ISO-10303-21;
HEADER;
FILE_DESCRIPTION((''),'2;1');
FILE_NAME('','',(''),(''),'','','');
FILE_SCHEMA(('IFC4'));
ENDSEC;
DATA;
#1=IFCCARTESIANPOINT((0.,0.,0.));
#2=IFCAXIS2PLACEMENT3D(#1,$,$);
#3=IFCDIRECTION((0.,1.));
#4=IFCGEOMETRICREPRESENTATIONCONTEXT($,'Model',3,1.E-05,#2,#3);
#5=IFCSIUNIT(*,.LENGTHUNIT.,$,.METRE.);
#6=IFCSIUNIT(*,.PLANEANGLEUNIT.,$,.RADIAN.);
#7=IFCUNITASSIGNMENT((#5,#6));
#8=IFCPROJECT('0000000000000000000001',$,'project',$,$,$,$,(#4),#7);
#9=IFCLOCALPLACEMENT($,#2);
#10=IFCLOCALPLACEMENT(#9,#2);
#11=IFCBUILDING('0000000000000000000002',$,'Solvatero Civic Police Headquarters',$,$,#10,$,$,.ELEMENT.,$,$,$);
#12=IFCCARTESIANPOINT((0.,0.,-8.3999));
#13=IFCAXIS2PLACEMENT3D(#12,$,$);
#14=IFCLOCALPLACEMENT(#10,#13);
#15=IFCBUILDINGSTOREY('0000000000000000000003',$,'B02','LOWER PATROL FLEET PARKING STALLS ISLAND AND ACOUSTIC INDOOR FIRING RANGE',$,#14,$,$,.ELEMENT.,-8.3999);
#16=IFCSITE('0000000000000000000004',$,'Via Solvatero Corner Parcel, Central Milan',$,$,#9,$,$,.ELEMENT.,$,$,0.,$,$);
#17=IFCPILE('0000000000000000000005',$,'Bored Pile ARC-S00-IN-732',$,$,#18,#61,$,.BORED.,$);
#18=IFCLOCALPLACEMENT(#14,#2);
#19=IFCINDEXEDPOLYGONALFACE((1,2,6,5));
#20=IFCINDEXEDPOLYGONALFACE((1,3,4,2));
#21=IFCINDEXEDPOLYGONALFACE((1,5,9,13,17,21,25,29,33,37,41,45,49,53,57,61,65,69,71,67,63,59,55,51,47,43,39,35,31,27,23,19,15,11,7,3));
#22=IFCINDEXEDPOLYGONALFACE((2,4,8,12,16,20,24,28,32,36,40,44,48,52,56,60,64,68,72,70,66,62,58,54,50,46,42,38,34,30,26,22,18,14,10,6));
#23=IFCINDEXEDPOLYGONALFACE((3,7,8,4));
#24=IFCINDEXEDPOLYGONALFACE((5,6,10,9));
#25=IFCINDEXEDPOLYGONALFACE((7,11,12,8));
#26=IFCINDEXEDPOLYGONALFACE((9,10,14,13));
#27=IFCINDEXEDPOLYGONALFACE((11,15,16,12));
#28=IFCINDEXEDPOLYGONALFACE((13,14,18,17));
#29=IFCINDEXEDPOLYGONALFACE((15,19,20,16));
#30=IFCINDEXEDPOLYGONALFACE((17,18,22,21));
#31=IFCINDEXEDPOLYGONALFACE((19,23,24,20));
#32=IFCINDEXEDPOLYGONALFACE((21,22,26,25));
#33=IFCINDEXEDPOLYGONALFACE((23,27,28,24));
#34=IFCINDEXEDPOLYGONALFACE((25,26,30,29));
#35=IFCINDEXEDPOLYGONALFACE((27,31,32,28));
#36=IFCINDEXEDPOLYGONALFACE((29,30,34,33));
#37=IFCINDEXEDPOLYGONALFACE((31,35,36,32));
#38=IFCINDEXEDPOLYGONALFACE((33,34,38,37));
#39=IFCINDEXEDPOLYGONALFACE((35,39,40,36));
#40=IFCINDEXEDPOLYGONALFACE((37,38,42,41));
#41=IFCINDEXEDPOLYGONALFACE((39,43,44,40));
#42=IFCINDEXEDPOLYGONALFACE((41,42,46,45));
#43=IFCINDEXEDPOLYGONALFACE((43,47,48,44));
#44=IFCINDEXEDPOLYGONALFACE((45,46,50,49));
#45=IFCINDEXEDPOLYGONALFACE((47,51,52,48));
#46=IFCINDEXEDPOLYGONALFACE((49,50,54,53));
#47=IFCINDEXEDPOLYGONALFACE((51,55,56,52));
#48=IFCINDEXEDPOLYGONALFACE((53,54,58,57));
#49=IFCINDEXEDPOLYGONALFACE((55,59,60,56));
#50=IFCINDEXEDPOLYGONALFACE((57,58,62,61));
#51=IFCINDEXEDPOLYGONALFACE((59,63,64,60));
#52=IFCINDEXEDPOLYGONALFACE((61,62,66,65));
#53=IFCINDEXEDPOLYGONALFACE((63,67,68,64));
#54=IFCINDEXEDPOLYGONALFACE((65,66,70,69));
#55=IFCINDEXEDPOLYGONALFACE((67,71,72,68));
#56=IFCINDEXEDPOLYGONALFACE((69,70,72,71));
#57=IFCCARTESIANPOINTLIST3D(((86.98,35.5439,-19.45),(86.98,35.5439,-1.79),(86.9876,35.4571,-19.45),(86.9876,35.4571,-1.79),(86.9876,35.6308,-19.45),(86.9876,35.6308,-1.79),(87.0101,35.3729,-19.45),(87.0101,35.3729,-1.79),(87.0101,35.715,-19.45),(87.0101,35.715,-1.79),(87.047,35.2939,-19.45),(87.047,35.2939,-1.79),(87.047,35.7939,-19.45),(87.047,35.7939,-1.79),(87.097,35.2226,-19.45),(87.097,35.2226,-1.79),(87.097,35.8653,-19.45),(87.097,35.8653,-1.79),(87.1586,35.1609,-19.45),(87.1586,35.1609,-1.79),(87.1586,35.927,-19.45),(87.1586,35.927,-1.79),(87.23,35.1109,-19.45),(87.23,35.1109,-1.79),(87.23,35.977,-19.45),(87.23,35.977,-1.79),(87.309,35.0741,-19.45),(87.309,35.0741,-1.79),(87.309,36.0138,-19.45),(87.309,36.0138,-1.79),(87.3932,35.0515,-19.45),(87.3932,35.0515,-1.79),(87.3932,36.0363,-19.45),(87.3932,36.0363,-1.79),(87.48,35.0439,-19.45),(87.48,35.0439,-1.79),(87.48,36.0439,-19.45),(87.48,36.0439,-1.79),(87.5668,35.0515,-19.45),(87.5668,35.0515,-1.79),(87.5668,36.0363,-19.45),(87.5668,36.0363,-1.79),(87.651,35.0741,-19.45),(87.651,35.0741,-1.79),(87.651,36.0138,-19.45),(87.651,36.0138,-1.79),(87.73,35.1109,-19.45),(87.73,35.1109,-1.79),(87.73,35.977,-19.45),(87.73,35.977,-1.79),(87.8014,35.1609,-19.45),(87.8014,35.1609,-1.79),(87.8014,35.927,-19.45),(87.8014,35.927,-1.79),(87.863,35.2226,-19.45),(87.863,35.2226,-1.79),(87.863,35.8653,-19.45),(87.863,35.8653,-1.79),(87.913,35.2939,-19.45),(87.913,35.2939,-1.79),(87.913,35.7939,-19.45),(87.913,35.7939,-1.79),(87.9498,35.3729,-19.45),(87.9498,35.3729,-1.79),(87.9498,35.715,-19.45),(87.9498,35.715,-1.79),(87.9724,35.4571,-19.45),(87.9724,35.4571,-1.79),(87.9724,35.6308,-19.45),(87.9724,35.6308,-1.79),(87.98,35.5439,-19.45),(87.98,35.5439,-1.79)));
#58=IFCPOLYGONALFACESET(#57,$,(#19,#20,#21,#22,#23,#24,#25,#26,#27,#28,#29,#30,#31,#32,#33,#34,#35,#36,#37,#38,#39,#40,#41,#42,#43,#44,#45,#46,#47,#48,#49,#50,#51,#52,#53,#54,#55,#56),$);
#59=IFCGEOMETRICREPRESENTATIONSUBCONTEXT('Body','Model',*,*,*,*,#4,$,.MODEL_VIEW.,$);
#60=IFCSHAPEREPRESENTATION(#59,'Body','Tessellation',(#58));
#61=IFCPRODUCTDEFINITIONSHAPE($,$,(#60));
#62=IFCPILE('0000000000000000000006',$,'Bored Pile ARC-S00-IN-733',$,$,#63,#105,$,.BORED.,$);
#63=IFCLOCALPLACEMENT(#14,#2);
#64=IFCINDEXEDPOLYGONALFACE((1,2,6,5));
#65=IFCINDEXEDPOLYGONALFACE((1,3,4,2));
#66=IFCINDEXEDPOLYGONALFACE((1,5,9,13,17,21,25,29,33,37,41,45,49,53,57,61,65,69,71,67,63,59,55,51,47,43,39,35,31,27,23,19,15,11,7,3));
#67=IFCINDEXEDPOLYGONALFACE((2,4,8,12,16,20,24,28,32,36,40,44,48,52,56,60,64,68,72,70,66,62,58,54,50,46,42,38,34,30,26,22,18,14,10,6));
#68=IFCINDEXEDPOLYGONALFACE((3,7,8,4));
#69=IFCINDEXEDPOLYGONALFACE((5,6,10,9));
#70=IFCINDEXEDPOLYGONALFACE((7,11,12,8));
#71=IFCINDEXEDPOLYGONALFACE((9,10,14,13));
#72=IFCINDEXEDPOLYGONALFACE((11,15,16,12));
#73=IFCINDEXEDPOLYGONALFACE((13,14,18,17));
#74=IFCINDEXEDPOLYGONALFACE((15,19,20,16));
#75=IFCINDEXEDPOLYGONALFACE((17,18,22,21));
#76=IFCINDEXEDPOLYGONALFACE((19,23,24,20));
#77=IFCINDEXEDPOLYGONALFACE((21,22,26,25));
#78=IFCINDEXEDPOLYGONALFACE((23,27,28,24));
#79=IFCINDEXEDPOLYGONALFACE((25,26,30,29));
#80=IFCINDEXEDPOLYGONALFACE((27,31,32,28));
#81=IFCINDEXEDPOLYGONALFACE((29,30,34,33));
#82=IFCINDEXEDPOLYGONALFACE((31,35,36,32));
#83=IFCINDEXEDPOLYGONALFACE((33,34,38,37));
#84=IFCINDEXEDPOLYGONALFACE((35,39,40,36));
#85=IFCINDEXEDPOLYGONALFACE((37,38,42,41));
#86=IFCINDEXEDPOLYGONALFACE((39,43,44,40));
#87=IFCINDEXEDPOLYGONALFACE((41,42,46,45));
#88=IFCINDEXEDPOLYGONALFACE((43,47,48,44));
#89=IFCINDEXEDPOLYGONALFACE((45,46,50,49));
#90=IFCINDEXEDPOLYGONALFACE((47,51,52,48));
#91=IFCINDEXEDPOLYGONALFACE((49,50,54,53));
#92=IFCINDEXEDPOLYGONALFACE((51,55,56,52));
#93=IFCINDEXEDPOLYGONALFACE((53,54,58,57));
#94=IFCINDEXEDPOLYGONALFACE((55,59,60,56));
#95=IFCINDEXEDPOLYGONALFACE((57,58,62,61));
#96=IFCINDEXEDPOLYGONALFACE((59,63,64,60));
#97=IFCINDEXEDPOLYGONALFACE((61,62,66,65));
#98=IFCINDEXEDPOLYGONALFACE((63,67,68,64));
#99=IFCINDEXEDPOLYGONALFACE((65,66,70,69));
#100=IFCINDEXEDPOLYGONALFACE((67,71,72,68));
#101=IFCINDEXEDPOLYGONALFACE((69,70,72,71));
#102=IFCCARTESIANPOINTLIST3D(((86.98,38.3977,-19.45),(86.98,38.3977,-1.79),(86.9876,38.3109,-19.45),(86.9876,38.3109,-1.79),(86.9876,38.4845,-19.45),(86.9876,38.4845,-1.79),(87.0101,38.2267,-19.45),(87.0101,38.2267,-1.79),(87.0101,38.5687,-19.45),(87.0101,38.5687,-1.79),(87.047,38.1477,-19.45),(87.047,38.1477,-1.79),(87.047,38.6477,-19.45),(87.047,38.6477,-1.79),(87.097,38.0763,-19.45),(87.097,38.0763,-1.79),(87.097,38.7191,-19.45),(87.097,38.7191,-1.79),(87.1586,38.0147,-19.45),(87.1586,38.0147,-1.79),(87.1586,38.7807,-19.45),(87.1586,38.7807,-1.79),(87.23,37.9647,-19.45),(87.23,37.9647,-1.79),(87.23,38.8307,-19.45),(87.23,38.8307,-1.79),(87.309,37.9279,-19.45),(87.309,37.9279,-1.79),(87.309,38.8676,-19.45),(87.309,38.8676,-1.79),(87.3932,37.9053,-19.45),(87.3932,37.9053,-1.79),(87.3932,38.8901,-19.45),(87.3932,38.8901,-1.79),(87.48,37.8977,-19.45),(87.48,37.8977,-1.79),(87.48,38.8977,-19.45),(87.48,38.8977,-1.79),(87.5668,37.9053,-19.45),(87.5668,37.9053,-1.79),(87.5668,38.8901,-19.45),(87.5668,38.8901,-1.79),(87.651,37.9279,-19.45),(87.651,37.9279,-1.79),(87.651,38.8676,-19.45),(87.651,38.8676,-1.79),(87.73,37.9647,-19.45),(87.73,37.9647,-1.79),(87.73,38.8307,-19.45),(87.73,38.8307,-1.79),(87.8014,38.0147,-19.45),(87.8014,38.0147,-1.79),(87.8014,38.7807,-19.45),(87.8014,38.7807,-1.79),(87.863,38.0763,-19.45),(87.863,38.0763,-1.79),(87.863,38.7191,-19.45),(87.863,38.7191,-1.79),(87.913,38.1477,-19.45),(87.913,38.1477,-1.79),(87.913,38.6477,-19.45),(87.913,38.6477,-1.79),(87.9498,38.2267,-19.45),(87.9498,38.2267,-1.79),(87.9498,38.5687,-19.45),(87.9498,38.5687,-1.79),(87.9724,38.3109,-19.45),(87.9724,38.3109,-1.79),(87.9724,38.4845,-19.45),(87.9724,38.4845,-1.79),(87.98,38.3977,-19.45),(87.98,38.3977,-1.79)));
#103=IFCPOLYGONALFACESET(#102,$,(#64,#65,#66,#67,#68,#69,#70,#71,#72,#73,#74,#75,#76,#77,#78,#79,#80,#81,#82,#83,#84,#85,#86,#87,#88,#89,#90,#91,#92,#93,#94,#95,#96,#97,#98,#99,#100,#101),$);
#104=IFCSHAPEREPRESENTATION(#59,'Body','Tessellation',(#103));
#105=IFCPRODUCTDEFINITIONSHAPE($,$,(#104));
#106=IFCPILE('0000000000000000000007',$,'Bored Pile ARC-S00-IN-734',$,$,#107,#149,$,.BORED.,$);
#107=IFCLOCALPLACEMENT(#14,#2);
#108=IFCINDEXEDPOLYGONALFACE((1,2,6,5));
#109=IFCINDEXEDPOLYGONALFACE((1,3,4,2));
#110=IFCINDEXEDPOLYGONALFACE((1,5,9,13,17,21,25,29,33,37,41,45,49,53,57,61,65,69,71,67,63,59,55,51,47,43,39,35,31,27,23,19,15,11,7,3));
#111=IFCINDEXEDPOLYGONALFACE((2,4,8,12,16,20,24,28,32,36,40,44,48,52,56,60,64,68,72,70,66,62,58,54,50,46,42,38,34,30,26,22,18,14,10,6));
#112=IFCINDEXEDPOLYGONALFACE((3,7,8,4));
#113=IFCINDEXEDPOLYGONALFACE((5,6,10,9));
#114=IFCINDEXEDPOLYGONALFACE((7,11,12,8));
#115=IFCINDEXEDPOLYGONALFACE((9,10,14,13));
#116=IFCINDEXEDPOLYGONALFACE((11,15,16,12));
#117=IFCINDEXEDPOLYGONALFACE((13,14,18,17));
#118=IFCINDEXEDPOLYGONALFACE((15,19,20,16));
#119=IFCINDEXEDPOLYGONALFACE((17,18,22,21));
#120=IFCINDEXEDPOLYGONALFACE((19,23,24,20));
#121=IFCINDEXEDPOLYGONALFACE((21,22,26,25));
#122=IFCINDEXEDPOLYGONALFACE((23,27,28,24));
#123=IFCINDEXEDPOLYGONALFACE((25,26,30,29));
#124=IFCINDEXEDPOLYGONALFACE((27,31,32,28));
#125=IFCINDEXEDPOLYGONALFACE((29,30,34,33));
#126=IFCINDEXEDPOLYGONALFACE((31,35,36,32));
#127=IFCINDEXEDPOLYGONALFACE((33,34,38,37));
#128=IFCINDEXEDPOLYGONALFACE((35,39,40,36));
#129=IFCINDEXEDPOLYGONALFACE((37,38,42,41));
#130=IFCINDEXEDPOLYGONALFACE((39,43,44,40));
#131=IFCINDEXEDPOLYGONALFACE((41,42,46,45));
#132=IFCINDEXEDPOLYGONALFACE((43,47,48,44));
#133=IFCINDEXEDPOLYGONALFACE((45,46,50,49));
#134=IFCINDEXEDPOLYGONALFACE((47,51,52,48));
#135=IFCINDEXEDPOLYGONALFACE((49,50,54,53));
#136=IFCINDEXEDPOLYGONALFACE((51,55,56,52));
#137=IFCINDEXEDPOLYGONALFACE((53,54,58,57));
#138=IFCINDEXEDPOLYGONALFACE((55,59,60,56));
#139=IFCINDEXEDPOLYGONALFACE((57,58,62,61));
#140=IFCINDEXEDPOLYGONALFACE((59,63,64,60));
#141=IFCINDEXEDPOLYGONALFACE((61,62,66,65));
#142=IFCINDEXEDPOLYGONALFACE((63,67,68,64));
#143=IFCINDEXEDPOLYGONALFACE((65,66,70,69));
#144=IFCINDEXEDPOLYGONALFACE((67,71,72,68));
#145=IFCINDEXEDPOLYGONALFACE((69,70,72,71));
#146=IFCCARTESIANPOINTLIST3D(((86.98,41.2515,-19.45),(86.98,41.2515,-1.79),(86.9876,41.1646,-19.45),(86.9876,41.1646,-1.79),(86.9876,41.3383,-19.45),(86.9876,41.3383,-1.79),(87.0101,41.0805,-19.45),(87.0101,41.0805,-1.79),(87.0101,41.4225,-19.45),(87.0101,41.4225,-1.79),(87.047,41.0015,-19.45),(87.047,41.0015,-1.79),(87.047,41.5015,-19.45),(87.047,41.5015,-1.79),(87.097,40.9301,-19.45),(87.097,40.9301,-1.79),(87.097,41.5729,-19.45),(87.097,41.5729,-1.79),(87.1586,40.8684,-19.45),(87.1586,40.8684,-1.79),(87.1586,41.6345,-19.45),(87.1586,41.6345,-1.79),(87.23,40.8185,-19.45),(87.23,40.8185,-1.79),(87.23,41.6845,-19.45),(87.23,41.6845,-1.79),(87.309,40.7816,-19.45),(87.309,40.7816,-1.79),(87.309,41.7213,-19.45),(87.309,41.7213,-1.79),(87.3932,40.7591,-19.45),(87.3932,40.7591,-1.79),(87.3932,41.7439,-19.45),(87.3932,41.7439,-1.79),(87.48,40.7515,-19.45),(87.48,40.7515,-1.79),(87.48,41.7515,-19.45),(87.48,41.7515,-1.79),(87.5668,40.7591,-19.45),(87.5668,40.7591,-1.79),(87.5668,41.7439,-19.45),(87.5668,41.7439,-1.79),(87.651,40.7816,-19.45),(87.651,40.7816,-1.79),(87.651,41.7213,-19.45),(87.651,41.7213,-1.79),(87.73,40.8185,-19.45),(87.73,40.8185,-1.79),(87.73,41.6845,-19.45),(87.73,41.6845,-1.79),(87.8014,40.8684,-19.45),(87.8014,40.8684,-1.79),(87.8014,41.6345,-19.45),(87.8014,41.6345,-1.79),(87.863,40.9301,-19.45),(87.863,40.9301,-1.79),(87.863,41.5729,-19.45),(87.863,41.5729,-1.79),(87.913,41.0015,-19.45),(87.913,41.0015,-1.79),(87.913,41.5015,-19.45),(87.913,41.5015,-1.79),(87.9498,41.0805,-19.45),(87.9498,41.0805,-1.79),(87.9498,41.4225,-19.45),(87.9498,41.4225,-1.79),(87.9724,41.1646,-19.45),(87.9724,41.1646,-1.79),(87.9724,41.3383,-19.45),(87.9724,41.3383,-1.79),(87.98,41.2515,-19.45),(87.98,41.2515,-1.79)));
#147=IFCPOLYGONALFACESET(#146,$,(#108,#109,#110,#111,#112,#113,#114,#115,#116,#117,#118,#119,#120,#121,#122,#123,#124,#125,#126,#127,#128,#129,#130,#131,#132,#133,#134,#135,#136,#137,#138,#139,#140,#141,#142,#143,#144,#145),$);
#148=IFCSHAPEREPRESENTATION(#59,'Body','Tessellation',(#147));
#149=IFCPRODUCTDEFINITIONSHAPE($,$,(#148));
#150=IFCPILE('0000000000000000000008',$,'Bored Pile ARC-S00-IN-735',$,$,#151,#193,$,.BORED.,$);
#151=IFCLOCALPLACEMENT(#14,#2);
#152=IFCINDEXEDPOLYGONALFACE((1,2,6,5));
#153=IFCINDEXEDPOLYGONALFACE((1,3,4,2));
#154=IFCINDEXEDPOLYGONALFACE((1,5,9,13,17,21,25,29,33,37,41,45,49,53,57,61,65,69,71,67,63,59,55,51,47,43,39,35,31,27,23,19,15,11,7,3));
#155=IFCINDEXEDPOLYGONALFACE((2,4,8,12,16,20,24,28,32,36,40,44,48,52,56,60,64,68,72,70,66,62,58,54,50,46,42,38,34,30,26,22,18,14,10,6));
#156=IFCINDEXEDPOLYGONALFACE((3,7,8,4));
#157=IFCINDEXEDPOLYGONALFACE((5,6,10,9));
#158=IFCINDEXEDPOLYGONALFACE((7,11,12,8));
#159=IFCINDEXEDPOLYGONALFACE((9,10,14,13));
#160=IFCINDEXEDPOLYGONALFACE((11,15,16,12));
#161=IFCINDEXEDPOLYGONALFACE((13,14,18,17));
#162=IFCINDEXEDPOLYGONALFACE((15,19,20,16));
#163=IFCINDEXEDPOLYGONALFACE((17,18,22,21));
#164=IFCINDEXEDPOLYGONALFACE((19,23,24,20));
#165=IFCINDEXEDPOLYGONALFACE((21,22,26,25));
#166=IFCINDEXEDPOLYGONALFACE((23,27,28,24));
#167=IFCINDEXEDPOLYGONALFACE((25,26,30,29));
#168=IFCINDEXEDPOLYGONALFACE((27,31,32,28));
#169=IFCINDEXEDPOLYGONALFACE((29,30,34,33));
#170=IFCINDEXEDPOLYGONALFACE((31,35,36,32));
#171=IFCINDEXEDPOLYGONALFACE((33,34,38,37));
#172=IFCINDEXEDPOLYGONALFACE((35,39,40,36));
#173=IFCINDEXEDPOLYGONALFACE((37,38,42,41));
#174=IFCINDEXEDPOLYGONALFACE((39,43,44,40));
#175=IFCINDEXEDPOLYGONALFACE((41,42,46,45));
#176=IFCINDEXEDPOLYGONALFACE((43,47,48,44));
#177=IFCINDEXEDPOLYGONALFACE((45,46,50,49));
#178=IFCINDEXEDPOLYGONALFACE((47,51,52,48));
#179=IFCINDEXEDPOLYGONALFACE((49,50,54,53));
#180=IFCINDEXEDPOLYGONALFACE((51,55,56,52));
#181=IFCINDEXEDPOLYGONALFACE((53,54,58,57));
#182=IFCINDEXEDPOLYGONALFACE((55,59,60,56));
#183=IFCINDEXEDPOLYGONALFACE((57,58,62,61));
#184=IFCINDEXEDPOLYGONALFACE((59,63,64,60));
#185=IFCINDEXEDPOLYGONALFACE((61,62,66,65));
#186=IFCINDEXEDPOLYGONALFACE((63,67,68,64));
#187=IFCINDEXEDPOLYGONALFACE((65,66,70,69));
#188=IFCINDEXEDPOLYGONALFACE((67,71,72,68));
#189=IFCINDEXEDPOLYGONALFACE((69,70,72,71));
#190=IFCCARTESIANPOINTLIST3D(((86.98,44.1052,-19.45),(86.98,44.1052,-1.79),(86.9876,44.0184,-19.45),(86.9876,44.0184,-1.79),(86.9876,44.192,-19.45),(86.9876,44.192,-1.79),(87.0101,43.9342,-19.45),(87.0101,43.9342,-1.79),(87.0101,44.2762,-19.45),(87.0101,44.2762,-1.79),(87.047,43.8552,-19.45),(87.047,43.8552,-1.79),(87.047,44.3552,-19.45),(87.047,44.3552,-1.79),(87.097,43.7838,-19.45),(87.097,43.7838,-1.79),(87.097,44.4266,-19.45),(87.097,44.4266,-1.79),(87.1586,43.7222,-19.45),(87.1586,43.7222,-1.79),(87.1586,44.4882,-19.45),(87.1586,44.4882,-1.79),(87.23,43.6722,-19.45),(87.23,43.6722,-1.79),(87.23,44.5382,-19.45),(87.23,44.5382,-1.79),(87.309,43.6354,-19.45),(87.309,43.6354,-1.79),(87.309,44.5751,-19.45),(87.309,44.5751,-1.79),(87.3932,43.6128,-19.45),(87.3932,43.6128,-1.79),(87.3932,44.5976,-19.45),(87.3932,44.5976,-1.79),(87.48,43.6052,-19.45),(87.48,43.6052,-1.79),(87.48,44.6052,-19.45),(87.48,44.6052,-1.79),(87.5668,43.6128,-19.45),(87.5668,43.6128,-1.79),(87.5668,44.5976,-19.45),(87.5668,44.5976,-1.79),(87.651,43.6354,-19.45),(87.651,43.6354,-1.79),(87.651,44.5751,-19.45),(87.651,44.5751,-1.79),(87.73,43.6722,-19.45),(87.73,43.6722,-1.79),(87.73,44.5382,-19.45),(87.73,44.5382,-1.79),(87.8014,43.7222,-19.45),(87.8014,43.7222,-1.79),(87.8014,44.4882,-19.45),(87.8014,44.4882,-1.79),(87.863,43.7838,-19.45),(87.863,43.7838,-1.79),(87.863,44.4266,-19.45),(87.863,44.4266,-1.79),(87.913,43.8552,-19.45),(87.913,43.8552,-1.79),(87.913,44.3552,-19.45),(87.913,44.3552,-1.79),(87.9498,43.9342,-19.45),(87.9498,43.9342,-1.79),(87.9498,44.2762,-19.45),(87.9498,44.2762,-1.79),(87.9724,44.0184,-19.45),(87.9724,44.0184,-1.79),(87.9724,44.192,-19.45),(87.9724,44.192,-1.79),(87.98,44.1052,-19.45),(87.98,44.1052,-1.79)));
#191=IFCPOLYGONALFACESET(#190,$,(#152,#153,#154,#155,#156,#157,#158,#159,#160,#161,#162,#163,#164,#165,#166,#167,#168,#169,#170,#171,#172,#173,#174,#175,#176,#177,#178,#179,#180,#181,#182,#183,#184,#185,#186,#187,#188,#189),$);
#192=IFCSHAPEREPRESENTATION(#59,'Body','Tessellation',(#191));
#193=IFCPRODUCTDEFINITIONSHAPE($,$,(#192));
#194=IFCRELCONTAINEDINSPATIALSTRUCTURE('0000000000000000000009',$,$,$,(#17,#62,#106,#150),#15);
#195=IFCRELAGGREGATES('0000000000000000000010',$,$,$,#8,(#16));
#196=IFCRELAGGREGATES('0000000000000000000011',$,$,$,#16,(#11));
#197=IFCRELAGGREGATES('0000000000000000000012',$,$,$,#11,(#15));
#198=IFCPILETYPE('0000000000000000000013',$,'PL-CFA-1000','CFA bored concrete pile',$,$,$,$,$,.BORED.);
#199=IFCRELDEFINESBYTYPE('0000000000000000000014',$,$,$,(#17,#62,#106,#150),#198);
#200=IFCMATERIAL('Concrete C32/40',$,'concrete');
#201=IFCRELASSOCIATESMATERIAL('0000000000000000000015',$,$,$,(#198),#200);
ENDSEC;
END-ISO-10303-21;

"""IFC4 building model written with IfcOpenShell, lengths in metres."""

from ifc_helpers import new_model, si_unit, direction, frame, origin, origin_2d, place, context, subcontext, project, spatial, circle, extrude, material, material_profile, profile_set, type_object, element, save


model = new_model("IFC4")

# Units and contexts
model_context = context("Model", 3, precision=1e-05, world=origin(), true_north=direction((0.0, 1.0)))
body_context = subcontext(model_context, "Body", "Model", "MODEL_VIEW")
ifc_project = project(units=[si_unit("LENGTHUNIT", "METRE"), si_unit("PLANEANGLEUNIT", "RADIAN")], contexts=[model_context])

# Site, building, storey
site_placement = place(None, origin())
site = spatial("IfcSite", under=ifc_project, at=site_placement, Name="Via Solvatero Corner Parcel, Central Milan", CompositionType="ELEMENT", RefElevation=0.0)
building_placement = place(site_placement, origin())
building = spatial("IfcBuilding", under=site, at=building_placement, Name="Solvatero Civic Police Headquarters", CompositionType="ELEMENT")
storey_placement = place(building_placement, frame((0.0, 0.0, -8.3999)))
storey = spatial("IfcBuildingStorey", under=building, at=storey_placement, Name="B02", Description="LOWER PATROL FLEET PARKING STALLS ISLAND AND ACOUSTIC INDOOR FIRING RANGE", CompositionType="ELEMENT", Elevation=-8.3999)

# Piles
ifc_material_1 = material(Name="Concrete C32/40", Category="concrete")
ifc_material_profile_1 = material_profile(ifc_material_1, circle(Radius=0.5, at=origin_2d()), Name="CFA PILE D1000")
ifc_profile_set_1 = profile_set([ifc_material_profile_1], Name="Concrete C32/40")
pile_type = type_object("IfcPileType", Name="PL-CFA-1000", Description="CFA bored concrete pile", PredefinedType="BORED", material=ifc_profile_set_1)
for number, where, z_axis, x_axis, name in (
    (1, (87.48, 35.5439, -1.79), (0.0, 0.0, -1.0), (1.0, 0.0, 0.0), "Bored Pile ARC-S00-IN-732"),
    (2, (87.48, 38.3977, -1.79), (0.0, 0.0, -1.0), (1.0, 0.0, 0.0), "Bored Pile ARC-S00-IN-733"),
    (3, (87.48, 41.2515, -1.79), (0.0, 0.0, -1.0), (1.0, 0.0, 0.0), "Bored Pile ARC-S00-IN-734"),
    (4, (87.48, 44.1052, -1.79), (0.0, 0.0, -1.0), (1.0, 0.0, 0.0), "Bored Pile ARC-S00-IN-735"),
):
    element("IfcPile", number, at=place(storey_placement, frame(where, z_axis=z_axis, x_axis=x_axis)), inside=storey, type_object=pile_type, Name=name, PredefinedType="BORED", context=body_context, shape_type="SweptSolid", body=[
        extrude(circle(Radius=0.5, at=origin_2d()), origin(), (0.0, 0.0, 1.0), 17.6599),
    ])

save(model, "model.ifc")
